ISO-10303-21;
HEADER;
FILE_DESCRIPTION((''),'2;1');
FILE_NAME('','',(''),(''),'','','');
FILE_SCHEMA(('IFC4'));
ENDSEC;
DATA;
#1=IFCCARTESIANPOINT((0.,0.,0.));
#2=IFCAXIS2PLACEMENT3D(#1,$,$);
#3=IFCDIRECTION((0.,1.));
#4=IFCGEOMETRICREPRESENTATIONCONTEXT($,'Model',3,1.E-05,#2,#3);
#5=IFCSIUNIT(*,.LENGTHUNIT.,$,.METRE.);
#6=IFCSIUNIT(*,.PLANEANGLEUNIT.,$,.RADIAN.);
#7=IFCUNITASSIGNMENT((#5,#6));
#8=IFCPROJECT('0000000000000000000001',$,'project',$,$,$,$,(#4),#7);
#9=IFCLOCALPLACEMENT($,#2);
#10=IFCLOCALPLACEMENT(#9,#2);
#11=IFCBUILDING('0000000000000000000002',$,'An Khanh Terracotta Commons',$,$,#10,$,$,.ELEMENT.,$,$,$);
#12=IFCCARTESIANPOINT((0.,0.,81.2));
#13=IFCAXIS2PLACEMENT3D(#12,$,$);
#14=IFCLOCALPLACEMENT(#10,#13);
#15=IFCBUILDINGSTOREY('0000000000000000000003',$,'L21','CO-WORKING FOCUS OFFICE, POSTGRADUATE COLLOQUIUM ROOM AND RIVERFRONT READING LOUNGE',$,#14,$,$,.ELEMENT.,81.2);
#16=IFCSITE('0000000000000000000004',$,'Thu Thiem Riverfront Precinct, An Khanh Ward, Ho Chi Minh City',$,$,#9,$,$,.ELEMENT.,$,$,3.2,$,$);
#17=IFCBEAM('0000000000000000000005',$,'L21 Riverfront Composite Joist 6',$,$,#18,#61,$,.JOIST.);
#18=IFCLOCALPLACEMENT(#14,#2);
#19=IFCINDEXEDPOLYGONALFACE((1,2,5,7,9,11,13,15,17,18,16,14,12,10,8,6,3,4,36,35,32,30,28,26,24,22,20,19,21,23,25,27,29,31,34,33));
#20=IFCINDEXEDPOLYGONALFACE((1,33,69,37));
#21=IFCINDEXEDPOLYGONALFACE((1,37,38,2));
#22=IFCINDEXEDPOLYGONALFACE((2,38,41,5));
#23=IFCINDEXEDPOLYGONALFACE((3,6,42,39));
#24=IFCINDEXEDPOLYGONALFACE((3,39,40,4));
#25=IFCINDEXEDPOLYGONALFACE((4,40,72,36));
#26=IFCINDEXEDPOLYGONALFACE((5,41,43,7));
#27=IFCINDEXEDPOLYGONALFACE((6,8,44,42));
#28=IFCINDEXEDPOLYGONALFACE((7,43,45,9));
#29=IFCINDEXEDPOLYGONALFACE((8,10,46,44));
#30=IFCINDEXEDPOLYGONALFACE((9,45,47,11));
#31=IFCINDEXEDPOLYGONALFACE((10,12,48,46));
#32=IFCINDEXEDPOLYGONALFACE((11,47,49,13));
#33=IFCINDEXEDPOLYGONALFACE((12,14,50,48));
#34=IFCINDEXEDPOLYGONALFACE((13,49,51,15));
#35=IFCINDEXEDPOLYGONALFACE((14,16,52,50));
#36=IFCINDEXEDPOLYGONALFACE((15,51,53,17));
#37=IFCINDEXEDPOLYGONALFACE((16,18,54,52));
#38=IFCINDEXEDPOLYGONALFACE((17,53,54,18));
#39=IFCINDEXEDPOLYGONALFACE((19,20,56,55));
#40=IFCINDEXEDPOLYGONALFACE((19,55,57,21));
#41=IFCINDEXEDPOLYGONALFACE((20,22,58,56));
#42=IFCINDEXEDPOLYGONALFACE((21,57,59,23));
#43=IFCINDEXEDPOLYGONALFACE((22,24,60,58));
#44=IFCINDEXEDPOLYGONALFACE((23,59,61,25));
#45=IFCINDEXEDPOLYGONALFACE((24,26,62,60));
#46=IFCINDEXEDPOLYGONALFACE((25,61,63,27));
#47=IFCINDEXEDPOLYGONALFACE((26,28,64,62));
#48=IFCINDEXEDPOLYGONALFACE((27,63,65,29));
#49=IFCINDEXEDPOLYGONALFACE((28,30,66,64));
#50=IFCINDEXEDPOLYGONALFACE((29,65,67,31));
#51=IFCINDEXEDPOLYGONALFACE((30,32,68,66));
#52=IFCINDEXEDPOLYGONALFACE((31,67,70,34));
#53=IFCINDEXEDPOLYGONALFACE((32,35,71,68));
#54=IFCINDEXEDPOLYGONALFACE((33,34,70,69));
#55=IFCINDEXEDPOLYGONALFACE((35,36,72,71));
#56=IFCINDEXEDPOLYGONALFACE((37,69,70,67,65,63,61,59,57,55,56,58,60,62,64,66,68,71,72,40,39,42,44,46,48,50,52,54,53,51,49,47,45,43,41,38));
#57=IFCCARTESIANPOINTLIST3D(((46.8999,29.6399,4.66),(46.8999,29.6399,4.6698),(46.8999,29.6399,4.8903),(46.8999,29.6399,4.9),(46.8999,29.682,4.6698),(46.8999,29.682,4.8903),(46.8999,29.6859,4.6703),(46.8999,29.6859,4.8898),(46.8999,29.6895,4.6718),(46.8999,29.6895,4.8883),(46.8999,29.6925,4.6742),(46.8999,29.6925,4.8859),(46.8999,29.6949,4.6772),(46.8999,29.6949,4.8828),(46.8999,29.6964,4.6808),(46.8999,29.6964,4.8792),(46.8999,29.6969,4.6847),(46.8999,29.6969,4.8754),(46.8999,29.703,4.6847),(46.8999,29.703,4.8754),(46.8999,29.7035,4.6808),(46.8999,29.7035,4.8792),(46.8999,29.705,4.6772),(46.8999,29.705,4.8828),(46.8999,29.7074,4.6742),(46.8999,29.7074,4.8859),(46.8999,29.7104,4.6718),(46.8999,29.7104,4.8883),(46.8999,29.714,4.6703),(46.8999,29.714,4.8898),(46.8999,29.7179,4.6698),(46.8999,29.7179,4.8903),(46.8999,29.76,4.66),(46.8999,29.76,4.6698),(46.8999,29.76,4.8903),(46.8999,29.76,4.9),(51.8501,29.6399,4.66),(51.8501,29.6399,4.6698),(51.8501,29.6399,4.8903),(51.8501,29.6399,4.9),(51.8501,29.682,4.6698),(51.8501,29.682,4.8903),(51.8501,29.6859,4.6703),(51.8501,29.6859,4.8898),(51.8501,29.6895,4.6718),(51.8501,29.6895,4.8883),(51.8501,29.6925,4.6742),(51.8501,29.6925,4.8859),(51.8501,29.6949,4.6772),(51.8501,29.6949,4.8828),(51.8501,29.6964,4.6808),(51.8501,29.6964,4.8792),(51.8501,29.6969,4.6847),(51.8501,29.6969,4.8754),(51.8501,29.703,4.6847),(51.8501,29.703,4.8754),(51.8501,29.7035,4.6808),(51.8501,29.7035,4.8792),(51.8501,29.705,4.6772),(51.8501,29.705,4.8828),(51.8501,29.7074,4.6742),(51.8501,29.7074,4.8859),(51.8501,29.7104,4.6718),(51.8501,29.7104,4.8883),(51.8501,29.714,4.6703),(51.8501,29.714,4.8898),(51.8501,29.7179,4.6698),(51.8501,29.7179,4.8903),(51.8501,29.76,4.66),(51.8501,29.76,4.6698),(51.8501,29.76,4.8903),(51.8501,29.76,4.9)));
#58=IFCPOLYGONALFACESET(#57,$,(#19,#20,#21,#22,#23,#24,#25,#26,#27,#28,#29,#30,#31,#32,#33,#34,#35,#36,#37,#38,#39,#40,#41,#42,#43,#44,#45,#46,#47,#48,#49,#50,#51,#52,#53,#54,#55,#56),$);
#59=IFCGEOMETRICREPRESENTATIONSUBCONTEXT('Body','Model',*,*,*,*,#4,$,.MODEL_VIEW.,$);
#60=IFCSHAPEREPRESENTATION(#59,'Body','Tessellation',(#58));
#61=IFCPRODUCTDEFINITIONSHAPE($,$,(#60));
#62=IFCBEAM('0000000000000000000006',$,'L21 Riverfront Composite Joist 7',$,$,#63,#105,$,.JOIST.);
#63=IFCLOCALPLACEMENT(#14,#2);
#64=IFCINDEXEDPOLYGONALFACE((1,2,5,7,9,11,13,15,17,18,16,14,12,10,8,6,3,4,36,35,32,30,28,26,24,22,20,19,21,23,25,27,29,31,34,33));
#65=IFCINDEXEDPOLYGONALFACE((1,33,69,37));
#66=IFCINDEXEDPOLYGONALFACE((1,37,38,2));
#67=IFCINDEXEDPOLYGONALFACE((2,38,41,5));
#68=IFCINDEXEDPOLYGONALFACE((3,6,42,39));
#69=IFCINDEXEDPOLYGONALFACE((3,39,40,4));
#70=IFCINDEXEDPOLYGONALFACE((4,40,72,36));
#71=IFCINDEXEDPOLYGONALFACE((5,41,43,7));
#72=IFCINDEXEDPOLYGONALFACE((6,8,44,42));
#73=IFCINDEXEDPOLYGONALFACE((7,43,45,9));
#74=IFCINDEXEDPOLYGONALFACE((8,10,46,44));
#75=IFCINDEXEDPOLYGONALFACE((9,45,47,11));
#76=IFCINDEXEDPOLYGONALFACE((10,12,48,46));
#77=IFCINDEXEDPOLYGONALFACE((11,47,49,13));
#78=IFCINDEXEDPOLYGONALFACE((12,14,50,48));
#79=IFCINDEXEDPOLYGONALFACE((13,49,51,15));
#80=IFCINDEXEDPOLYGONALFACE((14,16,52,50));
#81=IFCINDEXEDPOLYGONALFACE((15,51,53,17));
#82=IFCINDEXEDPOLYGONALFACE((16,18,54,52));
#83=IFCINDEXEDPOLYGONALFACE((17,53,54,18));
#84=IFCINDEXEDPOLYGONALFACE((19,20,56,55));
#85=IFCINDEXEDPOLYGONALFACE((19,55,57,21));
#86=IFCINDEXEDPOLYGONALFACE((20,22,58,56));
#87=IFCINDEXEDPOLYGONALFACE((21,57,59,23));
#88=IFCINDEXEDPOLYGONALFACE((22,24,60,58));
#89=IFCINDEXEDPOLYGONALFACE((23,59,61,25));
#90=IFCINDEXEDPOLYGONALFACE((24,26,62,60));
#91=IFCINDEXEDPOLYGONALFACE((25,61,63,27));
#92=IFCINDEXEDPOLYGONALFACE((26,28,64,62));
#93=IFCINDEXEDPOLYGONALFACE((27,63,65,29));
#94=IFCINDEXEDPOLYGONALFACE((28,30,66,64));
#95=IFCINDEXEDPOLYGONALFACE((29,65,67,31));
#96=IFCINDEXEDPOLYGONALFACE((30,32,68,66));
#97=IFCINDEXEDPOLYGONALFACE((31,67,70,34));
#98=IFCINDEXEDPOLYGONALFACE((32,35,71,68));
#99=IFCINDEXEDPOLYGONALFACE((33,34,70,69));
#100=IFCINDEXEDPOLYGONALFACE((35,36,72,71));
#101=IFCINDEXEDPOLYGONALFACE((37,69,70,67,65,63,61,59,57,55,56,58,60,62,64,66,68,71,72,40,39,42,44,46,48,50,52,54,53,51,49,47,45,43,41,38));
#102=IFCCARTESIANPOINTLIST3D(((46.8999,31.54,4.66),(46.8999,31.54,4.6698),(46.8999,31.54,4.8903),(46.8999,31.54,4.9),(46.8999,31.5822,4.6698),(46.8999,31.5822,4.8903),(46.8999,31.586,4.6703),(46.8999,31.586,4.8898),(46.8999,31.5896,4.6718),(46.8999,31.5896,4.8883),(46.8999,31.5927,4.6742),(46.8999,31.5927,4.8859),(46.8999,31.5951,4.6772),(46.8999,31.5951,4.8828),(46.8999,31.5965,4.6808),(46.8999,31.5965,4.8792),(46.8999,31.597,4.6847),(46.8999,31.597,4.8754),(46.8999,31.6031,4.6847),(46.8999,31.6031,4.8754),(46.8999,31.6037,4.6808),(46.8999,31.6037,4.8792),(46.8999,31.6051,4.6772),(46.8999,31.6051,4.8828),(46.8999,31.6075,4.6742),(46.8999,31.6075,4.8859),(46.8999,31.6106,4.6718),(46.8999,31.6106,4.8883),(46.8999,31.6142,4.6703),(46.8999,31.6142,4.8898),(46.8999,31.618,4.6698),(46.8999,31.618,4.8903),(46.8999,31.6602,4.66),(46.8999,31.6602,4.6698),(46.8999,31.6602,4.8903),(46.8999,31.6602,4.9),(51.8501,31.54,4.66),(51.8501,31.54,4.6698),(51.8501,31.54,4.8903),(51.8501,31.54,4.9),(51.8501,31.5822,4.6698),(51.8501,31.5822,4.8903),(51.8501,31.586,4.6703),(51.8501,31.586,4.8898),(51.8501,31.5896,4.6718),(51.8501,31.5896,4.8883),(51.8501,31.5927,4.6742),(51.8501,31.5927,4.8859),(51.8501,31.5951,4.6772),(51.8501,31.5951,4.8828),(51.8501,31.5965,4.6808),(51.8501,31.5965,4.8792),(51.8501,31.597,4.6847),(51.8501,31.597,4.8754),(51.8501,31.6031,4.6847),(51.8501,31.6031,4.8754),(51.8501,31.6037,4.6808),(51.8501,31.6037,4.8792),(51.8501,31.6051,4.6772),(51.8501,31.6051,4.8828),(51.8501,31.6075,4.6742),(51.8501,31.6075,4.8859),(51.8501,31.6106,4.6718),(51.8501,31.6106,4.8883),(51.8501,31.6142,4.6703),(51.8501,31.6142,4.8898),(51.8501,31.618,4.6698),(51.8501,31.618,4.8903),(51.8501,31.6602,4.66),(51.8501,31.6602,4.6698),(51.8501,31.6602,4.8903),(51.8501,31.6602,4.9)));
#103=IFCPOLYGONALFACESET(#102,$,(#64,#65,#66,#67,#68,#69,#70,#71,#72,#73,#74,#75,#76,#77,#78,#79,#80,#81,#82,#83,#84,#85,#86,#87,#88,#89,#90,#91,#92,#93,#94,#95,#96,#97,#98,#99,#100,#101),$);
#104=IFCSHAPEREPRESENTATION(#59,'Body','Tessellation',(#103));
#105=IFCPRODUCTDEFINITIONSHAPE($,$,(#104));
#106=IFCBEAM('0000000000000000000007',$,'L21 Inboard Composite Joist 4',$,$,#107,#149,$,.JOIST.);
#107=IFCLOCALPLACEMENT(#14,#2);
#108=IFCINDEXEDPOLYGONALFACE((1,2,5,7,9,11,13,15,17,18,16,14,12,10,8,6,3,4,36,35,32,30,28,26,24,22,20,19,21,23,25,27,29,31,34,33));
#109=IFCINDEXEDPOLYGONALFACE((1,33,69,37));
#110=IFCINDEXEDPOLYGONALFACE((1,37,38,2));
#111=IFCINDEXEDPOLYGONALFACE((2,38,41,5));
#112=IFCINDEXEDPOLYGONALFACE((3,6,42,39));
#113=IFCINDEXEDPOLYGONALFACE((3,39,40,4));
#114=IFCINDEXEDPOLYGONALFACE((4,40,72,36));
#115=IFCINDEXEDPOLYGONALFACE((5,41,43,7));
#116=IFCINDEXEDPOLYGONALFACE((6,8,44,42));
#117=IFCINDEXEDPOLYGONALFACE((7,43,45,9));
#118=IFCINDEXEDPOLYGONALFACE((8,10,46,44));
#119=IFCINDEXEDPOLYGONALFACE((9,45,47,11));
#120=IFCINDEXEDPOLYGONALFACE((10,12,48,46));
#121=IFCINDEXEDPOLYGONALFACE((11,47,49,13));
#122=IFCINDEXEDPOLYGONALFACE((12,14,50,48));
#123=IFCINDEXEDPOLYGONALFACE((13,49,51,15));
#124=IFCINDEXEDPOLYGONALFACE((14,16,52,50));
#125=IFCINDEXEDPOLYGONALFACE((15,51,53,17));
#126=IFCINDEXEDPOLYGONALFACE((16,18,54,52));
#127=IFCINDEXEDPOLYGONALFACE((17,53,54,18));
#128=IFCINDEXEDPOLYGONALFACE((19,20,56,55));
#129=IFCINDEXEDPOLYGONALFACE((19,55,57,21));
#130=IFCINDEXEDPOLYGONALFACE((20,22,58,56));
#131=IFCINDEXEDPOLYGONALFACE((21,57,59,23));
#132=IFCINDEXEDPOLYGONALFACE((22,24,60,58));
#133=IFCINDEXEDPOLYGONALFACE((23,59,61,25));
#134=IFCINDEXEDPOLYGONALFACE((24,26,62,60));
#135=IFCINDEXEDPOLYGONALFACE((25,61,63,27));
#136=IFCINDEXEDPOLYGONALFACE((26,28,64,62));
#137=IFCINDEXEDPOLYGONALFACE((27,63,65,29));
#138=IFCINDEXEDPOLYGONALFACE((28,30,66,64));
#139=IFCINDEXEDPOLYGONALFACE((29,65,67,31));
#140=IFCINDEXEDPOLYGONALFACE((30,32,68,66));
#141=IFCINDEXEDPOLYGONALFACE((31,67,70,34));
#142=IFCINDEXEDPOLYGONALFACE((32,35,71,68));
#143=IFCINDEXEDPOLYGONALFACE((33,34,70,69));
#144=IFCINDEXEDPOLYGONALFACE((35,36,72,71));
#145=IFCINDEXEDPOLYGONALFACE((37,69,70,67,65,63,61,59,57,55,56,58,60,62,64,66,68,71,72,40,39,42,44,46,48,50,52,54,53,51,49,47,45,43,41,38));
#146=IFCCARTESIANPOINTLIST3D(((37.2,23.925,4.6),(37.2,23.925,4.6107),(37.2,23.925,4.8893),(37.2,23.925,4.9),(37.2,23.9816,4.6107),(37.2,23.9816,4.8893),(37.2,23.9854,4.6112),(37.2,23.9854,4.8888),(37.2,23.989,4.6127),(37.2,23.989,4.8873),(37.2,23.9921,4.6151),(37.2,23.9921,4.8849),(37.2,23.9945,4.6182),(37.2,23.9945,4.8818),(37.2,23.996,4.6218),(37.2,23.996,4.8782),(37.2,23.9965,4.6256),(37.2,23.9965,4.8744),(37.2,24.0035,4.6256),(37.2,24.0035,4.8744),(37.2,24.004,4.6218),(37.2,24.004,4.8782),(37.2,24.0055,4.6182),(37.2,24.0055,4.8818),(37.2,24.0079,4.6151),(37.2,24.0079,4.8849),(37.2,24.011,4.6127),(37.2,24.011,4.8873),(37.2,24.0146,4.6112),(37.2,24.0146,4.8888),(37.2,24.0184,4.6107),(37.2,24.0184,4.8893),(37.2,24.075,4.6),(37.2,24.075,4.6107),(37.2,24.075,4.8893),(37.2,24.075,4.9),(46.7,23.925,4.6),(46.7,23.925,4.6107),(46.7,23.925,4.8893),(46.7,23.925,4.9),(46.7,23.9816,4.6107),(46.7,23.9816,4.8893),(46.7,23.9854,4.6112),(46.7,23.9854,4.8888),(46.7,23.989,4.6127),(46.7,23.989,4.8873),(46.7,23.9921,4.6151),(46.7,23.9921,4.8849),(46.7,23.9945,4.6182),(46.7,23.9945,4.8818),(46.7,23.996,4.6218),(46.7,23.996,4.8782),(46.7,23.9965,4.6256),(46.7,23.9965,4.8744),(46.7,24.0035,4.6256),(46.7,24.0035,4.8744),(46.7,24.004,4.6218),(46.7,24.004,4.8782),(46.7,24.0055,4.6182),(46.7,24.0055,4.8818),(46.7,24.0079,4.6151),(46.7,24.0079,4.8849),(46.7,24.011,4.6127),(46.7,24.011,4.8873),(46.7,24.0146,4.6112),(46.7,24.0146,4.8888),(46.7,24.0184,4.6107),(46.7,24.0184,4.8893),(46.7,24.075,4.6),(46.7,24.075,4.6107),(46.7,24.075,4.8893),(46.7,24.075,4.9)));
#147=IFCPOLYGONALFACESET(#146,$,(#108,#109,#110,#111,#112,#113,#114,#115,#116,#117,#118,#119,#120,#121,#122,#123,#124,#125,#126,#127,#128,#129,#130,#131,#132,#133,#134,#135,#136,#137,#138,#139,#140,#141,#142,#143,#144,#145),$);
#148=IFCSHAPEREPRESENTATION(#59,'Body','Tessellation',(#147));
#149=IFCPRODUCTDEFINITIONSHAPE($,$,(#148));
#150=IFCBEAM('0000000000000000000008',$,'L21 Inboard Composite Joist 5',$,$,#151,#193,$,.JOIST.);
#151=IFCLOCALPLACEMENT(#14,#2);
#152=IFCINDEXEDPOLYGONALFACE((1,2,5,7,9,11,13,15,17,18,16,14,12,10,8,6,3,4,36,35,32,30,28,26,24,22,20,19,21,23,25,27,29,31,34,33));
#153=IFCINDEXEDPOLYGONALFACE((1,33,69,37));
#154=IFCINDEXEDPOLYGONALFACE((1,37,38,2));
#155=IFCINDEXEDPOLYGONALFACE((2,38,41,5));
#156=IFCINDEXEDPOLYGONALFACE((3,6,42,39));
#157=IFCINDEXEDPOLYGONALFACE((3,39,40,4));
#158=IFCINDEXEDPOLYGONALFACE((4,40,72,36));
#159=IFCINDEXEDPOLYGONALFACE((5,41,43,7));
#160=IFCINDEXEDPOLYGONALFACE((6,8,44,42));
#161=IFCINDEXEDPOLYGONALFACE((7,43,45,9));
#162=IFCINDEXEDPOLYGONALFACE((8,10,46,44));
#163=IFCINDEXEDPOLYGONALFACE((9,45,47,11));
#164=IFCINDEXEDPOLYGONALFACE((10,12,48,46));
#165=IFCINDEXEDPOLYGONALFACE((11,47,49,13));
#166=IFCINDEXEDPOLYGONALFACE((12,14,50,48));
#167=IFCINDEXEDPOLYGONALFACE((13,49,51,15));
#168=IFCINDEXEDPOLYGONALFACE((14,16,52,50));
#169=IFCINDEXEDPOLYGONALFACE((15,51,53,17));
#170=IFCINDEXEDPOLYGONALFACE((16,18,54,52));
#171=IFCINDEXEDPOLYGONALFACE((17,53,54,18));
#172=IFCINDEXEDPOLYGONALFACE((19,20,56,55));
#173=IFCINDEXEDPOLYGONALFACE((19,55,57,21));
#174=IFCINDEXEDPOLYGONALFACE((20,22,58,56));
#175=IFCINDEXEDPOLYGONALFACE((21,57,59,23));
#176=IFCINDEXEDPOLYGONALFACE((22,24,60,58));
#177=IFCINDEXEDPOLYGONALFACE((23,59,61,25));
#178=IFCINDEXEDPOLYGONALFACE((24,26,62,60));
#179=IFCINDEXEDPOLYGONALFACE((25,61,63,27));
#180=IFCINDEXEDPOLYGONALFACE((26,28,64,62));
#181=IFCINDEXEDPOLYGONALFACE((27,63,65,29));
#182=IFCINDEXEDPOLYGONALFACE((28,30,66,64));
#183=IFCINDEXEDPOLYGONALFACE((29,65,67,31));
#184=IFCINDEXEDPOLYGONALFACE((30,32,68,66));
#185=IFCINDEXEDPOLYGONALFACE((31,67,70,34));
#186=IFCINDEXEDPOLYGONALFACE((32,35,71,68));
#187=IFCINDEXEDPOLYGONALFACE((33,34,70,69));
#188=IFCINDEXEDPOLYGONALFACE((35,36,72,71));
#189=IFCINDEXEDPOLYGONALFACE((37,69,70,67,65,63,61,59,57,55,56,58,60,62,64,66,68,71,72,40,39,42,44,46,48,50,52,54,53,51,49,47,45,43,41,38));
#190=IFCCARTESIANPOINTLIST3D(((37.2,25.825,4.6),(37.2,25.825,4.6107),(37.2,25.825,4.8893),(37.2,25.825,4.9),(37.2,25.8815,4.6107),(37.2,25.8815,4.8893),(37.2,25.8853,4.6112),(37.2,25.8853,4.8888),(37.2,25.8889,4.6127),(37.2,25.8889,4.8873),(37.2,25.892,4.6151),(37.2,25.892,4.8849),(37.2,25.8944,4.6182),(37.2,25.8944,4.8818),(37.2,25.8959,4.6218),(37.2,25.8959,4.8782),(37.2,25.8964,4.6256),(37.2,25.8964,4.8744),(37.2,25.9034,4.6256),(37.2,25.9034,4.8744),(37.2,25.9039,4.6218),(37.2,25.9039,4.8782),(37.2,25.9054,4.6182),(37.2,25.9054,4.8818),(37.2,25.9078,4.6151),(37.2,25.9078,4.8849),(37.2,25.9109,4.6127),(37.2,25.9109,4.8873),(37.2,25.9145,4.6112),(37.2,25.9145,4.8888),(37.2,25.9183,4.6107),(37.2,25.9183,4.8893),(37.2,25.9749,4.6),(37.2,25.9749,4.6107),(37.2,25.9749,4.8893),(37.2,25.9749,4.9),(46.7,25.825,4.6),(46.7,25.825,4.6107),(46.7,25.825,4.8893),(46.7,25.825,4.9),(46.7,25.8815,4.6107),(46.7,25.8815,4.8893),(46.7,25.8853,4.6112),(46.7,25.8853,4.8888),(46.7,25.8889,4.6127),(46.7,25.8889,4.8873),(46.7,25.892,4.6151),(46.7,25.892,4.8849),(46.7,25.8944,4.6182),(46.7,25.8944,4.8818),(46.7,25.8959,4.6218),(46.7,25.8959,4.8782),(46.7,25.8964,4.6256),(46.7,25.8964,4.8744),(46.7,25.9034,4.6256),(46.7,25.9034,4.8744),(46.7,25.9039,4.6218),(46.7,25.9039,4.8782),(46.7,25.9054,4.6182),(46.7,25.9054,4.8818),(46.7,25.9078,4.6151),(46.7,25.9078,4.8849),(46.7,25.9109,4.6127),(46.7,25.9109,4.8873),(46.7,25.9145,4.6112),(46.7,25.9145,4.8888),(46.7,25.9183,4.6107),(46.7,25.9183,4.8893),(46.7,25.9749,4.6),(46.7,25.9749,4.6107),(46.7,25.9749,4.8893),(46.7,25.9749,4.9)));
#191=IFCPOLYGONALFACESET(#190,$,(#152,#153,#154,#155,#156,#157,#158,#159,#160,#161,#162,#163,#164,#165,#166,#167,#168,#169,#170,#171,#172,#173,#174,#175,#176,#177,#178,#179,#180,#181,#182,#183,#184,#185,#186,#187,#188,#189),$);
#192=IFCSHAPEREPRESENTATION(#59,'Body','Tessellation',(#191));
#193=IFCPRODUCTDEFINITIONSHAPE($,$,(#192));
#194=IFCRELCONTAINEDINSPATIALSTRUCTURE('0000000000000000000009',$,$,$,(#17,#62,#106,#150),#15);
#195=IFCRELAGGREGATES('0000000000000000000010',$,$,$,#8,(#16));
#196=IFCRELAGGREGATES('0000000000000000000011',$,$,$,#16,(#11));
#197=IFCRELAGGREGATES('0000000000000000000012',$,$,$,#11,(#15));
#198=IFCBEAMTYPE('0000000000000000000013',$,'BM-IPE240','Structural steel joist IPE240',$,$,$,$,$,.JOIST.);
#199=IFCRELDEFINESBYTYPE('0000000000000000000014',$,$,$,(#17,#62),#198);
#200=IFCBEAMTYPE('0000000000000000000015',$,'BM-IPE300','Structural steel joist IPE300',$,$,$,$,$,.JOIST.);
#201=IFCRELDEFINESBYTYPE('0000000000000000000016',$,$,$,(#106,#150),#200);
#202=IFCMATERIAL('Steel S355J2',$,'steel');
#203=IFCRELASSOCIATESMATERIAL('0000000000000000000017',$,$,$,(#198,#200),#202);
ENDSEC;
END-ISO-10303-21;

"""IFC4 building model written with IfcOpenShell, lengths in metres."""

from ifc_helpers import new_model, si_unit, direction, frame, origin, origin_2d, place, context, subcontext, project, spatial, i_section, extrude, material, material_profile, profile_set, type_object, element, save


model = new_model("IFC4")

# Units and contexts
model_context = context("Model", 3, precision=1e-05, world=origin(), true_north=direction((0.0, 1.0)))
body_context = subcontext(model_context, "Body", "Model", "MODEL_VIEW")
ifc_project = project(units=[si_unit("LENGTHUNIT", "METRE"), si_unit("PLANEANGLEUNIT", "RADIAN")], contexts=[model_context])

# Site, building, storey
site_placement = place(None, origin())
site = spatial("IfcSite", under=ifc_project, at=site_placement, Name="Thu Thiem Riverfront Precinct, An Khanh Ward, Ho Chi Minh City", CompositionType="ELEMENT", RefElevation=3.2)
building_placement = place(site_placement, origin())
building = spatial("IfcBuilding", under=site, at=building_placement, Name="An Khanh Terracotta Commons", CompositionType="ELEMENT")
storey_placement = place(building_placement, frame((0.0, 0.0, 81.2)))
storey = spatial("IfcBuildingStorey", under=building, at=storey_placement, Name="L21", Description="CO-WORKING FOCUS OFFICE, POSTGRADUATE COLLOQUIUM ROOM AND RIVERFRONT READING LOUNGE", CompositionType="ELEMENT", Elevation=81.2)

# Beams
ifc_material_1 = material(Name="Steel S355J2", Category="steel")
ifc_material_profile_1 = material_profile(ifc_material_1, i_section(OverallWidth=0.1201, OverallDepth=0.24, WebThickness=0.0061, FlangeThickness=0.0098, FilletRadius=0.0149, at=origin_2d()), Name="IPE240")
ifc_profile_set_1 = profile_set([ifc_material_profile_1], Name="Steel S355J2")
beam_type_1 = type_object("IfcBeamType", Name="BM-IPE240", Description="Structural steel joist IPE240", PredefinedType="JOIST", material=ifc_profile_set_1)
for number, where, z_axis, x_axis, name in (
    (1, (46.8999, 29.7, 4.78), (1.0, 0.0, 0.0), (0.0, 1.0, 0.0), "L21 Riverfront Composite Joist 6"),
    (2, (46.8999, 31.6001, 4.78), (1.0, 0.0, 0.0), (0.0, 1.0, 0.0), "L21 Riverfront Composite Joist 7"),
):
    element("IfcBeam", number, at=place(storey_placement, frame(where, z_axis=z_axis, x_axis=x_axis)), inside=storey, type_object=beam_type_1, Name=name, PredefinedType="JOIST", context=body_context, shape_type="SweptSolid", body=[
        extrude(i_section(OverallWidth=0.1201, OverallDepth=0.24, WebThickness=0.0061, FlangeThickness=0.0098, FilletRadius=0.0149, at=origin_2d()), origin(), (0.0, 0.0, 1.0), 4.9502),
    ])
ifc_material_profile_2 = material_profile(ifc_material_1, i_section(OverallWidth=0.1499, OverallDepth=0.3, WebThickness=0.0071, FlangeThickness=0.0107, FilletRadius=0.0149, at=origin_2d()), Name="IPE300")
ifc_profile_set_2 = profile_set([ifc_material_profile_2], Name="Steel S355J2")
beam_type_2 = type_object("IfcBeamType", Name="BM-IPE300", Description="Structural steel joist IPE300", PredefinedType="JOIST", material=ifc_profile_set_2)
for number, where, z_axis, x_axis, name in (
    (3, (37.2, 24.0, 4.75), (1.0, 0.0, 0.0), (0.0, 1.0, 0.0), "L21 Inboard Composite Joist 4"),
    (4, (37.2, 25.8999, 4.75), (1.0, 0.0, 0.0), (0.0, 1.0, 0.0), "L21 Inboard Composite Joist 5"),
):
    element("IfcBeam", number, at=place(storey_placement, frame(where, z_axis=z_axis, x_axis=x_axis)), inside=storey, type_object=beam_type_2, Name=name, PredefinedType="JOIST", context=body_context, shape_type="SweptSolid", body=[
        extrude(i_section(OverallWidth=0.1499, OverallDepth=0.3, WebThickness=0.0071, FlangeThickness=0.0107, FilletRadius=0.0149, at=origin_2d()), origin(), (0.0, 0.0, 1.0), 9.5),
    ])

save(model, "model.ifc")
